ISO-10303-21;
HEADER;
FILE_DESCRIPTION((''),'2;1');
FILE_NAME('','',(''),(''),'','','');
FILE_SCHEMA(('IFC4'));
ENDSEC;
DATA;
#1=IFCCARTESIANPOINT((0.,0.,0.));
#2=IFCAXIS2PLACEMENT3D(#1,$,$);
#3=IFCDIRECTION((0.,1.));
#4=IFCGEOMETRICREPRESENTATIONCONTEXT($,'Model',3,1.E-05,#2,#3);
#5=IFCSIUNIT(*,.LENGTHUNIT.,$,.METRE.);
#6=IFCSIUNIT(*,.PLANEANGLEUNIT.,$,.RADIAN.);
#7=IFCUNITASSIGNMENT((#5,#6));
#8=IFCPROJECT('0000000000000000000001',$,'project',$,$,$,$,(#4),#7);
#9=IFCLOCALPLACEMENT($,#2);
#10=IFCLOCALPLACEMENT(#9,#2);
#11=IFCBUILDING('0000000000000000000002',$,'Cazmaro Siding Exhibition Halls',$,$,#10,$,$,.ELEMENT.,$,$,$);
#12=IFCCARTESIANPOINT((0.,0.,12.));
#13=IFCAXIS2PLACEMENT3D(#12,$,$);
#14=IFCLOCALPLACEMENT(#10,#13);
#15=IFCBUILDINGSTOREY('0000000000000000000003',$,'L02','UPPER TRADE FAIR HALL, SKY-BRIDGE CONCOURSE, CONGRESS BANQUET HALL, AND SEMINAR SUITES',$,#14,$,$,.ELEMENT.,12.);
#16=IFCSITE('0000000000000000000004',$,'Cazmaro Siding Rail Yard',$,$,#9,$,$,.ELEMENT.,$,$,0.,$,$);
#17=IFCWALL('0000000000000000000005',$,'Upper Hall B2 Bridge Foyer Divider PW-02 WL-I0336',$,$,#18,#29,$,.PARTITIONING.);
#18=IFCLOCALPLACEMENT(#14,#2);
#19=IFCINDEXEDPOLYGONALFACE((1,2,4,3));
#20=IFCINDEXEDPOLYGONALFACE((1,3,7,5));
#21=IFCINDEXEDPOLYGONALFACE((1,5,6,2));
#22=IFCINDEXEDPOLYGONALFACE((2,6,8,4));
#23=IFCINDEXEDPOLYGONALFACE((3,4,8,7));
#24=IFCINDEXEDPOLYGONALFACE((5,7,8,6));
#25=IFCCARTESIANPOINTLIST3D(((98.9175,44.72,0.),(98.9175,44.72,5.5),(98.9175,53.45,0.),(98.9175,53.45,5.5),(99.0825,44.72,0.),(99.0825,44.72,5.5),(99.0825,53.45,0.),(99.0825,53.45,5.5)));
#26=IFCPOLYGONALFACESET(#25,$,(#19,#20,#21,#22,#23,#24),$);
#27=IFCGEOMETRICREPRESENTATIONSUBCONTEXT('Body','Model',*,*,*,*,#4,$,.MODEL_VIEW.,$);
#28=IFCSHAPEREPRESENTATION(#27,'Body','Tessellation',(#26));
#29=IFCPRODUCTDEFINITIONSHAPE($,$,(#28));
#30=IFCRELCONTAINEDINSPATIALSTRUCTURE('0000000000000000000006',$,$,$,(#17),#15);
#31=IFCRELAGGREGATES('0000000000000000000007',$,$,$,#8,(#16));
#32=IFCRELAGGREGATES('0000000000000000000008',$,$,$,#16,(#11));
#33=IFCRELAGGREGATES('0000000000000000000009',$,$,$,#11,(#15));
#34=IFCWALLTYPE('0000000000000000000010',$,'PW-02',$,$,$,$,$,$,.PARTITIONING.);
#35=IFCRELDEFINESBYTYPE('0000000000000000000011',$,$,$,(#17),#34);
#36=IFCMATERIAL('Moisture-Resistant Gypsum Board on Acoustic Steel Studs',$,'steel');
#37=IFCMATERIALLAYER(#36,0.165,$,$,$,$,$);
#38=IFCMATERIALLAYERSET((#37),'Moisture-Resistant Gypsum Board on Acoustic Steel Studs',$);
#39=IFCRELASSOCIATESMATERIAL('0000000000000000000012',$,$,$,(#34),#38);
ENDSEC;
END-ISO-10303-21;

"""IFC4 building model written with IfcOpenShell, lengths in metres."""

from ifc_helpers import new_model, si_unit, direction, frame, frame_2d, origin, place, context, subcontext, project, spatial, rectangle, extrude, material, layer, layer_set, type_object, element, save


model = new_model("IFC4")

# Units and contexts
model_context = context("Model", 3, precision=1e-05, world=origin(), true_north=direction((0.0, 1.0)))
body_context = subcontext(model_context, "Body", "Model", "MODEL_VIEW")
ifc_project = project(units=[si_unit("LENGTHUNIT", "METRE"), si_unit("PLANEANGLEUNIT", "RADIAN")], contexts=[model_context])

# Site, building, storey
site_placement = place(None, origin())
site = spatial("IfcSite", under=ifc_project, at=site_placement, Name="Cazmaro Siding Rail Yard", CompositionType="ELEMENT", RefElevation=0.0)
building_placement = place(site_placement, origin())
building = spatial("IfcBuilding", under=site, at=building_placement, Name="Cazmaro Siding Exhibition Halls", CompositionType="ELEMENT")
storey_placement = place(building_placement, frame((0.0, 0.0, 12.0)))
storey = spatial("IfcBuildingStorey", under=building, at=storey_placement, Name="L02", Description="UPPER TRADE FAIR HALL, SKY-BRIDGE CONCOURSE, CONGRESS BANQUET HALL, AND SEMINAR SUITES", CompositionType="ELEMENT", Elevation=12.0)

# Wall
ifc_material_1 = material(Name="Moisture-Resistant Gypsum Board on Acoustic Steel Studs", Category="steel")
ifc_layer_1 = layer(ifc_material_1, 0.165)
ifc_layer_set_1 = layer_set([ifc_layer_1], Name="Moisture-Resistant Gypsum Board on Acoustic Steel Studs")
wall_type_1 = type_object("IfcWallType", Name="PW-02", PredefinedType="PARTITIONING", material=ifc_layer_set_1)
wall_placement = place(storey_placement, frame((99.0, 44.72, 0.0), z_axis=(0.0, 0.0, 1.0), x_axis=(0.0, 1.0, 0.0)))
element("IfcWall", 1, at=wall_placement, inside=storey, type_object=wall_type_1, Name="Upper Hall B2 Bridge Foyer Divider PW-02 WL-I0336", PredefinedType="PARTITIONING", context=body_context, shape_type="SweptSolid", body=[
    extrude(rectangle(XDim=8.73, YDim=0.165, at=frame_2d((4.365, 0.0))), origin(), (0.0, 0.0, 1.0), 5.5),
])

save(model, "model.ifc")
